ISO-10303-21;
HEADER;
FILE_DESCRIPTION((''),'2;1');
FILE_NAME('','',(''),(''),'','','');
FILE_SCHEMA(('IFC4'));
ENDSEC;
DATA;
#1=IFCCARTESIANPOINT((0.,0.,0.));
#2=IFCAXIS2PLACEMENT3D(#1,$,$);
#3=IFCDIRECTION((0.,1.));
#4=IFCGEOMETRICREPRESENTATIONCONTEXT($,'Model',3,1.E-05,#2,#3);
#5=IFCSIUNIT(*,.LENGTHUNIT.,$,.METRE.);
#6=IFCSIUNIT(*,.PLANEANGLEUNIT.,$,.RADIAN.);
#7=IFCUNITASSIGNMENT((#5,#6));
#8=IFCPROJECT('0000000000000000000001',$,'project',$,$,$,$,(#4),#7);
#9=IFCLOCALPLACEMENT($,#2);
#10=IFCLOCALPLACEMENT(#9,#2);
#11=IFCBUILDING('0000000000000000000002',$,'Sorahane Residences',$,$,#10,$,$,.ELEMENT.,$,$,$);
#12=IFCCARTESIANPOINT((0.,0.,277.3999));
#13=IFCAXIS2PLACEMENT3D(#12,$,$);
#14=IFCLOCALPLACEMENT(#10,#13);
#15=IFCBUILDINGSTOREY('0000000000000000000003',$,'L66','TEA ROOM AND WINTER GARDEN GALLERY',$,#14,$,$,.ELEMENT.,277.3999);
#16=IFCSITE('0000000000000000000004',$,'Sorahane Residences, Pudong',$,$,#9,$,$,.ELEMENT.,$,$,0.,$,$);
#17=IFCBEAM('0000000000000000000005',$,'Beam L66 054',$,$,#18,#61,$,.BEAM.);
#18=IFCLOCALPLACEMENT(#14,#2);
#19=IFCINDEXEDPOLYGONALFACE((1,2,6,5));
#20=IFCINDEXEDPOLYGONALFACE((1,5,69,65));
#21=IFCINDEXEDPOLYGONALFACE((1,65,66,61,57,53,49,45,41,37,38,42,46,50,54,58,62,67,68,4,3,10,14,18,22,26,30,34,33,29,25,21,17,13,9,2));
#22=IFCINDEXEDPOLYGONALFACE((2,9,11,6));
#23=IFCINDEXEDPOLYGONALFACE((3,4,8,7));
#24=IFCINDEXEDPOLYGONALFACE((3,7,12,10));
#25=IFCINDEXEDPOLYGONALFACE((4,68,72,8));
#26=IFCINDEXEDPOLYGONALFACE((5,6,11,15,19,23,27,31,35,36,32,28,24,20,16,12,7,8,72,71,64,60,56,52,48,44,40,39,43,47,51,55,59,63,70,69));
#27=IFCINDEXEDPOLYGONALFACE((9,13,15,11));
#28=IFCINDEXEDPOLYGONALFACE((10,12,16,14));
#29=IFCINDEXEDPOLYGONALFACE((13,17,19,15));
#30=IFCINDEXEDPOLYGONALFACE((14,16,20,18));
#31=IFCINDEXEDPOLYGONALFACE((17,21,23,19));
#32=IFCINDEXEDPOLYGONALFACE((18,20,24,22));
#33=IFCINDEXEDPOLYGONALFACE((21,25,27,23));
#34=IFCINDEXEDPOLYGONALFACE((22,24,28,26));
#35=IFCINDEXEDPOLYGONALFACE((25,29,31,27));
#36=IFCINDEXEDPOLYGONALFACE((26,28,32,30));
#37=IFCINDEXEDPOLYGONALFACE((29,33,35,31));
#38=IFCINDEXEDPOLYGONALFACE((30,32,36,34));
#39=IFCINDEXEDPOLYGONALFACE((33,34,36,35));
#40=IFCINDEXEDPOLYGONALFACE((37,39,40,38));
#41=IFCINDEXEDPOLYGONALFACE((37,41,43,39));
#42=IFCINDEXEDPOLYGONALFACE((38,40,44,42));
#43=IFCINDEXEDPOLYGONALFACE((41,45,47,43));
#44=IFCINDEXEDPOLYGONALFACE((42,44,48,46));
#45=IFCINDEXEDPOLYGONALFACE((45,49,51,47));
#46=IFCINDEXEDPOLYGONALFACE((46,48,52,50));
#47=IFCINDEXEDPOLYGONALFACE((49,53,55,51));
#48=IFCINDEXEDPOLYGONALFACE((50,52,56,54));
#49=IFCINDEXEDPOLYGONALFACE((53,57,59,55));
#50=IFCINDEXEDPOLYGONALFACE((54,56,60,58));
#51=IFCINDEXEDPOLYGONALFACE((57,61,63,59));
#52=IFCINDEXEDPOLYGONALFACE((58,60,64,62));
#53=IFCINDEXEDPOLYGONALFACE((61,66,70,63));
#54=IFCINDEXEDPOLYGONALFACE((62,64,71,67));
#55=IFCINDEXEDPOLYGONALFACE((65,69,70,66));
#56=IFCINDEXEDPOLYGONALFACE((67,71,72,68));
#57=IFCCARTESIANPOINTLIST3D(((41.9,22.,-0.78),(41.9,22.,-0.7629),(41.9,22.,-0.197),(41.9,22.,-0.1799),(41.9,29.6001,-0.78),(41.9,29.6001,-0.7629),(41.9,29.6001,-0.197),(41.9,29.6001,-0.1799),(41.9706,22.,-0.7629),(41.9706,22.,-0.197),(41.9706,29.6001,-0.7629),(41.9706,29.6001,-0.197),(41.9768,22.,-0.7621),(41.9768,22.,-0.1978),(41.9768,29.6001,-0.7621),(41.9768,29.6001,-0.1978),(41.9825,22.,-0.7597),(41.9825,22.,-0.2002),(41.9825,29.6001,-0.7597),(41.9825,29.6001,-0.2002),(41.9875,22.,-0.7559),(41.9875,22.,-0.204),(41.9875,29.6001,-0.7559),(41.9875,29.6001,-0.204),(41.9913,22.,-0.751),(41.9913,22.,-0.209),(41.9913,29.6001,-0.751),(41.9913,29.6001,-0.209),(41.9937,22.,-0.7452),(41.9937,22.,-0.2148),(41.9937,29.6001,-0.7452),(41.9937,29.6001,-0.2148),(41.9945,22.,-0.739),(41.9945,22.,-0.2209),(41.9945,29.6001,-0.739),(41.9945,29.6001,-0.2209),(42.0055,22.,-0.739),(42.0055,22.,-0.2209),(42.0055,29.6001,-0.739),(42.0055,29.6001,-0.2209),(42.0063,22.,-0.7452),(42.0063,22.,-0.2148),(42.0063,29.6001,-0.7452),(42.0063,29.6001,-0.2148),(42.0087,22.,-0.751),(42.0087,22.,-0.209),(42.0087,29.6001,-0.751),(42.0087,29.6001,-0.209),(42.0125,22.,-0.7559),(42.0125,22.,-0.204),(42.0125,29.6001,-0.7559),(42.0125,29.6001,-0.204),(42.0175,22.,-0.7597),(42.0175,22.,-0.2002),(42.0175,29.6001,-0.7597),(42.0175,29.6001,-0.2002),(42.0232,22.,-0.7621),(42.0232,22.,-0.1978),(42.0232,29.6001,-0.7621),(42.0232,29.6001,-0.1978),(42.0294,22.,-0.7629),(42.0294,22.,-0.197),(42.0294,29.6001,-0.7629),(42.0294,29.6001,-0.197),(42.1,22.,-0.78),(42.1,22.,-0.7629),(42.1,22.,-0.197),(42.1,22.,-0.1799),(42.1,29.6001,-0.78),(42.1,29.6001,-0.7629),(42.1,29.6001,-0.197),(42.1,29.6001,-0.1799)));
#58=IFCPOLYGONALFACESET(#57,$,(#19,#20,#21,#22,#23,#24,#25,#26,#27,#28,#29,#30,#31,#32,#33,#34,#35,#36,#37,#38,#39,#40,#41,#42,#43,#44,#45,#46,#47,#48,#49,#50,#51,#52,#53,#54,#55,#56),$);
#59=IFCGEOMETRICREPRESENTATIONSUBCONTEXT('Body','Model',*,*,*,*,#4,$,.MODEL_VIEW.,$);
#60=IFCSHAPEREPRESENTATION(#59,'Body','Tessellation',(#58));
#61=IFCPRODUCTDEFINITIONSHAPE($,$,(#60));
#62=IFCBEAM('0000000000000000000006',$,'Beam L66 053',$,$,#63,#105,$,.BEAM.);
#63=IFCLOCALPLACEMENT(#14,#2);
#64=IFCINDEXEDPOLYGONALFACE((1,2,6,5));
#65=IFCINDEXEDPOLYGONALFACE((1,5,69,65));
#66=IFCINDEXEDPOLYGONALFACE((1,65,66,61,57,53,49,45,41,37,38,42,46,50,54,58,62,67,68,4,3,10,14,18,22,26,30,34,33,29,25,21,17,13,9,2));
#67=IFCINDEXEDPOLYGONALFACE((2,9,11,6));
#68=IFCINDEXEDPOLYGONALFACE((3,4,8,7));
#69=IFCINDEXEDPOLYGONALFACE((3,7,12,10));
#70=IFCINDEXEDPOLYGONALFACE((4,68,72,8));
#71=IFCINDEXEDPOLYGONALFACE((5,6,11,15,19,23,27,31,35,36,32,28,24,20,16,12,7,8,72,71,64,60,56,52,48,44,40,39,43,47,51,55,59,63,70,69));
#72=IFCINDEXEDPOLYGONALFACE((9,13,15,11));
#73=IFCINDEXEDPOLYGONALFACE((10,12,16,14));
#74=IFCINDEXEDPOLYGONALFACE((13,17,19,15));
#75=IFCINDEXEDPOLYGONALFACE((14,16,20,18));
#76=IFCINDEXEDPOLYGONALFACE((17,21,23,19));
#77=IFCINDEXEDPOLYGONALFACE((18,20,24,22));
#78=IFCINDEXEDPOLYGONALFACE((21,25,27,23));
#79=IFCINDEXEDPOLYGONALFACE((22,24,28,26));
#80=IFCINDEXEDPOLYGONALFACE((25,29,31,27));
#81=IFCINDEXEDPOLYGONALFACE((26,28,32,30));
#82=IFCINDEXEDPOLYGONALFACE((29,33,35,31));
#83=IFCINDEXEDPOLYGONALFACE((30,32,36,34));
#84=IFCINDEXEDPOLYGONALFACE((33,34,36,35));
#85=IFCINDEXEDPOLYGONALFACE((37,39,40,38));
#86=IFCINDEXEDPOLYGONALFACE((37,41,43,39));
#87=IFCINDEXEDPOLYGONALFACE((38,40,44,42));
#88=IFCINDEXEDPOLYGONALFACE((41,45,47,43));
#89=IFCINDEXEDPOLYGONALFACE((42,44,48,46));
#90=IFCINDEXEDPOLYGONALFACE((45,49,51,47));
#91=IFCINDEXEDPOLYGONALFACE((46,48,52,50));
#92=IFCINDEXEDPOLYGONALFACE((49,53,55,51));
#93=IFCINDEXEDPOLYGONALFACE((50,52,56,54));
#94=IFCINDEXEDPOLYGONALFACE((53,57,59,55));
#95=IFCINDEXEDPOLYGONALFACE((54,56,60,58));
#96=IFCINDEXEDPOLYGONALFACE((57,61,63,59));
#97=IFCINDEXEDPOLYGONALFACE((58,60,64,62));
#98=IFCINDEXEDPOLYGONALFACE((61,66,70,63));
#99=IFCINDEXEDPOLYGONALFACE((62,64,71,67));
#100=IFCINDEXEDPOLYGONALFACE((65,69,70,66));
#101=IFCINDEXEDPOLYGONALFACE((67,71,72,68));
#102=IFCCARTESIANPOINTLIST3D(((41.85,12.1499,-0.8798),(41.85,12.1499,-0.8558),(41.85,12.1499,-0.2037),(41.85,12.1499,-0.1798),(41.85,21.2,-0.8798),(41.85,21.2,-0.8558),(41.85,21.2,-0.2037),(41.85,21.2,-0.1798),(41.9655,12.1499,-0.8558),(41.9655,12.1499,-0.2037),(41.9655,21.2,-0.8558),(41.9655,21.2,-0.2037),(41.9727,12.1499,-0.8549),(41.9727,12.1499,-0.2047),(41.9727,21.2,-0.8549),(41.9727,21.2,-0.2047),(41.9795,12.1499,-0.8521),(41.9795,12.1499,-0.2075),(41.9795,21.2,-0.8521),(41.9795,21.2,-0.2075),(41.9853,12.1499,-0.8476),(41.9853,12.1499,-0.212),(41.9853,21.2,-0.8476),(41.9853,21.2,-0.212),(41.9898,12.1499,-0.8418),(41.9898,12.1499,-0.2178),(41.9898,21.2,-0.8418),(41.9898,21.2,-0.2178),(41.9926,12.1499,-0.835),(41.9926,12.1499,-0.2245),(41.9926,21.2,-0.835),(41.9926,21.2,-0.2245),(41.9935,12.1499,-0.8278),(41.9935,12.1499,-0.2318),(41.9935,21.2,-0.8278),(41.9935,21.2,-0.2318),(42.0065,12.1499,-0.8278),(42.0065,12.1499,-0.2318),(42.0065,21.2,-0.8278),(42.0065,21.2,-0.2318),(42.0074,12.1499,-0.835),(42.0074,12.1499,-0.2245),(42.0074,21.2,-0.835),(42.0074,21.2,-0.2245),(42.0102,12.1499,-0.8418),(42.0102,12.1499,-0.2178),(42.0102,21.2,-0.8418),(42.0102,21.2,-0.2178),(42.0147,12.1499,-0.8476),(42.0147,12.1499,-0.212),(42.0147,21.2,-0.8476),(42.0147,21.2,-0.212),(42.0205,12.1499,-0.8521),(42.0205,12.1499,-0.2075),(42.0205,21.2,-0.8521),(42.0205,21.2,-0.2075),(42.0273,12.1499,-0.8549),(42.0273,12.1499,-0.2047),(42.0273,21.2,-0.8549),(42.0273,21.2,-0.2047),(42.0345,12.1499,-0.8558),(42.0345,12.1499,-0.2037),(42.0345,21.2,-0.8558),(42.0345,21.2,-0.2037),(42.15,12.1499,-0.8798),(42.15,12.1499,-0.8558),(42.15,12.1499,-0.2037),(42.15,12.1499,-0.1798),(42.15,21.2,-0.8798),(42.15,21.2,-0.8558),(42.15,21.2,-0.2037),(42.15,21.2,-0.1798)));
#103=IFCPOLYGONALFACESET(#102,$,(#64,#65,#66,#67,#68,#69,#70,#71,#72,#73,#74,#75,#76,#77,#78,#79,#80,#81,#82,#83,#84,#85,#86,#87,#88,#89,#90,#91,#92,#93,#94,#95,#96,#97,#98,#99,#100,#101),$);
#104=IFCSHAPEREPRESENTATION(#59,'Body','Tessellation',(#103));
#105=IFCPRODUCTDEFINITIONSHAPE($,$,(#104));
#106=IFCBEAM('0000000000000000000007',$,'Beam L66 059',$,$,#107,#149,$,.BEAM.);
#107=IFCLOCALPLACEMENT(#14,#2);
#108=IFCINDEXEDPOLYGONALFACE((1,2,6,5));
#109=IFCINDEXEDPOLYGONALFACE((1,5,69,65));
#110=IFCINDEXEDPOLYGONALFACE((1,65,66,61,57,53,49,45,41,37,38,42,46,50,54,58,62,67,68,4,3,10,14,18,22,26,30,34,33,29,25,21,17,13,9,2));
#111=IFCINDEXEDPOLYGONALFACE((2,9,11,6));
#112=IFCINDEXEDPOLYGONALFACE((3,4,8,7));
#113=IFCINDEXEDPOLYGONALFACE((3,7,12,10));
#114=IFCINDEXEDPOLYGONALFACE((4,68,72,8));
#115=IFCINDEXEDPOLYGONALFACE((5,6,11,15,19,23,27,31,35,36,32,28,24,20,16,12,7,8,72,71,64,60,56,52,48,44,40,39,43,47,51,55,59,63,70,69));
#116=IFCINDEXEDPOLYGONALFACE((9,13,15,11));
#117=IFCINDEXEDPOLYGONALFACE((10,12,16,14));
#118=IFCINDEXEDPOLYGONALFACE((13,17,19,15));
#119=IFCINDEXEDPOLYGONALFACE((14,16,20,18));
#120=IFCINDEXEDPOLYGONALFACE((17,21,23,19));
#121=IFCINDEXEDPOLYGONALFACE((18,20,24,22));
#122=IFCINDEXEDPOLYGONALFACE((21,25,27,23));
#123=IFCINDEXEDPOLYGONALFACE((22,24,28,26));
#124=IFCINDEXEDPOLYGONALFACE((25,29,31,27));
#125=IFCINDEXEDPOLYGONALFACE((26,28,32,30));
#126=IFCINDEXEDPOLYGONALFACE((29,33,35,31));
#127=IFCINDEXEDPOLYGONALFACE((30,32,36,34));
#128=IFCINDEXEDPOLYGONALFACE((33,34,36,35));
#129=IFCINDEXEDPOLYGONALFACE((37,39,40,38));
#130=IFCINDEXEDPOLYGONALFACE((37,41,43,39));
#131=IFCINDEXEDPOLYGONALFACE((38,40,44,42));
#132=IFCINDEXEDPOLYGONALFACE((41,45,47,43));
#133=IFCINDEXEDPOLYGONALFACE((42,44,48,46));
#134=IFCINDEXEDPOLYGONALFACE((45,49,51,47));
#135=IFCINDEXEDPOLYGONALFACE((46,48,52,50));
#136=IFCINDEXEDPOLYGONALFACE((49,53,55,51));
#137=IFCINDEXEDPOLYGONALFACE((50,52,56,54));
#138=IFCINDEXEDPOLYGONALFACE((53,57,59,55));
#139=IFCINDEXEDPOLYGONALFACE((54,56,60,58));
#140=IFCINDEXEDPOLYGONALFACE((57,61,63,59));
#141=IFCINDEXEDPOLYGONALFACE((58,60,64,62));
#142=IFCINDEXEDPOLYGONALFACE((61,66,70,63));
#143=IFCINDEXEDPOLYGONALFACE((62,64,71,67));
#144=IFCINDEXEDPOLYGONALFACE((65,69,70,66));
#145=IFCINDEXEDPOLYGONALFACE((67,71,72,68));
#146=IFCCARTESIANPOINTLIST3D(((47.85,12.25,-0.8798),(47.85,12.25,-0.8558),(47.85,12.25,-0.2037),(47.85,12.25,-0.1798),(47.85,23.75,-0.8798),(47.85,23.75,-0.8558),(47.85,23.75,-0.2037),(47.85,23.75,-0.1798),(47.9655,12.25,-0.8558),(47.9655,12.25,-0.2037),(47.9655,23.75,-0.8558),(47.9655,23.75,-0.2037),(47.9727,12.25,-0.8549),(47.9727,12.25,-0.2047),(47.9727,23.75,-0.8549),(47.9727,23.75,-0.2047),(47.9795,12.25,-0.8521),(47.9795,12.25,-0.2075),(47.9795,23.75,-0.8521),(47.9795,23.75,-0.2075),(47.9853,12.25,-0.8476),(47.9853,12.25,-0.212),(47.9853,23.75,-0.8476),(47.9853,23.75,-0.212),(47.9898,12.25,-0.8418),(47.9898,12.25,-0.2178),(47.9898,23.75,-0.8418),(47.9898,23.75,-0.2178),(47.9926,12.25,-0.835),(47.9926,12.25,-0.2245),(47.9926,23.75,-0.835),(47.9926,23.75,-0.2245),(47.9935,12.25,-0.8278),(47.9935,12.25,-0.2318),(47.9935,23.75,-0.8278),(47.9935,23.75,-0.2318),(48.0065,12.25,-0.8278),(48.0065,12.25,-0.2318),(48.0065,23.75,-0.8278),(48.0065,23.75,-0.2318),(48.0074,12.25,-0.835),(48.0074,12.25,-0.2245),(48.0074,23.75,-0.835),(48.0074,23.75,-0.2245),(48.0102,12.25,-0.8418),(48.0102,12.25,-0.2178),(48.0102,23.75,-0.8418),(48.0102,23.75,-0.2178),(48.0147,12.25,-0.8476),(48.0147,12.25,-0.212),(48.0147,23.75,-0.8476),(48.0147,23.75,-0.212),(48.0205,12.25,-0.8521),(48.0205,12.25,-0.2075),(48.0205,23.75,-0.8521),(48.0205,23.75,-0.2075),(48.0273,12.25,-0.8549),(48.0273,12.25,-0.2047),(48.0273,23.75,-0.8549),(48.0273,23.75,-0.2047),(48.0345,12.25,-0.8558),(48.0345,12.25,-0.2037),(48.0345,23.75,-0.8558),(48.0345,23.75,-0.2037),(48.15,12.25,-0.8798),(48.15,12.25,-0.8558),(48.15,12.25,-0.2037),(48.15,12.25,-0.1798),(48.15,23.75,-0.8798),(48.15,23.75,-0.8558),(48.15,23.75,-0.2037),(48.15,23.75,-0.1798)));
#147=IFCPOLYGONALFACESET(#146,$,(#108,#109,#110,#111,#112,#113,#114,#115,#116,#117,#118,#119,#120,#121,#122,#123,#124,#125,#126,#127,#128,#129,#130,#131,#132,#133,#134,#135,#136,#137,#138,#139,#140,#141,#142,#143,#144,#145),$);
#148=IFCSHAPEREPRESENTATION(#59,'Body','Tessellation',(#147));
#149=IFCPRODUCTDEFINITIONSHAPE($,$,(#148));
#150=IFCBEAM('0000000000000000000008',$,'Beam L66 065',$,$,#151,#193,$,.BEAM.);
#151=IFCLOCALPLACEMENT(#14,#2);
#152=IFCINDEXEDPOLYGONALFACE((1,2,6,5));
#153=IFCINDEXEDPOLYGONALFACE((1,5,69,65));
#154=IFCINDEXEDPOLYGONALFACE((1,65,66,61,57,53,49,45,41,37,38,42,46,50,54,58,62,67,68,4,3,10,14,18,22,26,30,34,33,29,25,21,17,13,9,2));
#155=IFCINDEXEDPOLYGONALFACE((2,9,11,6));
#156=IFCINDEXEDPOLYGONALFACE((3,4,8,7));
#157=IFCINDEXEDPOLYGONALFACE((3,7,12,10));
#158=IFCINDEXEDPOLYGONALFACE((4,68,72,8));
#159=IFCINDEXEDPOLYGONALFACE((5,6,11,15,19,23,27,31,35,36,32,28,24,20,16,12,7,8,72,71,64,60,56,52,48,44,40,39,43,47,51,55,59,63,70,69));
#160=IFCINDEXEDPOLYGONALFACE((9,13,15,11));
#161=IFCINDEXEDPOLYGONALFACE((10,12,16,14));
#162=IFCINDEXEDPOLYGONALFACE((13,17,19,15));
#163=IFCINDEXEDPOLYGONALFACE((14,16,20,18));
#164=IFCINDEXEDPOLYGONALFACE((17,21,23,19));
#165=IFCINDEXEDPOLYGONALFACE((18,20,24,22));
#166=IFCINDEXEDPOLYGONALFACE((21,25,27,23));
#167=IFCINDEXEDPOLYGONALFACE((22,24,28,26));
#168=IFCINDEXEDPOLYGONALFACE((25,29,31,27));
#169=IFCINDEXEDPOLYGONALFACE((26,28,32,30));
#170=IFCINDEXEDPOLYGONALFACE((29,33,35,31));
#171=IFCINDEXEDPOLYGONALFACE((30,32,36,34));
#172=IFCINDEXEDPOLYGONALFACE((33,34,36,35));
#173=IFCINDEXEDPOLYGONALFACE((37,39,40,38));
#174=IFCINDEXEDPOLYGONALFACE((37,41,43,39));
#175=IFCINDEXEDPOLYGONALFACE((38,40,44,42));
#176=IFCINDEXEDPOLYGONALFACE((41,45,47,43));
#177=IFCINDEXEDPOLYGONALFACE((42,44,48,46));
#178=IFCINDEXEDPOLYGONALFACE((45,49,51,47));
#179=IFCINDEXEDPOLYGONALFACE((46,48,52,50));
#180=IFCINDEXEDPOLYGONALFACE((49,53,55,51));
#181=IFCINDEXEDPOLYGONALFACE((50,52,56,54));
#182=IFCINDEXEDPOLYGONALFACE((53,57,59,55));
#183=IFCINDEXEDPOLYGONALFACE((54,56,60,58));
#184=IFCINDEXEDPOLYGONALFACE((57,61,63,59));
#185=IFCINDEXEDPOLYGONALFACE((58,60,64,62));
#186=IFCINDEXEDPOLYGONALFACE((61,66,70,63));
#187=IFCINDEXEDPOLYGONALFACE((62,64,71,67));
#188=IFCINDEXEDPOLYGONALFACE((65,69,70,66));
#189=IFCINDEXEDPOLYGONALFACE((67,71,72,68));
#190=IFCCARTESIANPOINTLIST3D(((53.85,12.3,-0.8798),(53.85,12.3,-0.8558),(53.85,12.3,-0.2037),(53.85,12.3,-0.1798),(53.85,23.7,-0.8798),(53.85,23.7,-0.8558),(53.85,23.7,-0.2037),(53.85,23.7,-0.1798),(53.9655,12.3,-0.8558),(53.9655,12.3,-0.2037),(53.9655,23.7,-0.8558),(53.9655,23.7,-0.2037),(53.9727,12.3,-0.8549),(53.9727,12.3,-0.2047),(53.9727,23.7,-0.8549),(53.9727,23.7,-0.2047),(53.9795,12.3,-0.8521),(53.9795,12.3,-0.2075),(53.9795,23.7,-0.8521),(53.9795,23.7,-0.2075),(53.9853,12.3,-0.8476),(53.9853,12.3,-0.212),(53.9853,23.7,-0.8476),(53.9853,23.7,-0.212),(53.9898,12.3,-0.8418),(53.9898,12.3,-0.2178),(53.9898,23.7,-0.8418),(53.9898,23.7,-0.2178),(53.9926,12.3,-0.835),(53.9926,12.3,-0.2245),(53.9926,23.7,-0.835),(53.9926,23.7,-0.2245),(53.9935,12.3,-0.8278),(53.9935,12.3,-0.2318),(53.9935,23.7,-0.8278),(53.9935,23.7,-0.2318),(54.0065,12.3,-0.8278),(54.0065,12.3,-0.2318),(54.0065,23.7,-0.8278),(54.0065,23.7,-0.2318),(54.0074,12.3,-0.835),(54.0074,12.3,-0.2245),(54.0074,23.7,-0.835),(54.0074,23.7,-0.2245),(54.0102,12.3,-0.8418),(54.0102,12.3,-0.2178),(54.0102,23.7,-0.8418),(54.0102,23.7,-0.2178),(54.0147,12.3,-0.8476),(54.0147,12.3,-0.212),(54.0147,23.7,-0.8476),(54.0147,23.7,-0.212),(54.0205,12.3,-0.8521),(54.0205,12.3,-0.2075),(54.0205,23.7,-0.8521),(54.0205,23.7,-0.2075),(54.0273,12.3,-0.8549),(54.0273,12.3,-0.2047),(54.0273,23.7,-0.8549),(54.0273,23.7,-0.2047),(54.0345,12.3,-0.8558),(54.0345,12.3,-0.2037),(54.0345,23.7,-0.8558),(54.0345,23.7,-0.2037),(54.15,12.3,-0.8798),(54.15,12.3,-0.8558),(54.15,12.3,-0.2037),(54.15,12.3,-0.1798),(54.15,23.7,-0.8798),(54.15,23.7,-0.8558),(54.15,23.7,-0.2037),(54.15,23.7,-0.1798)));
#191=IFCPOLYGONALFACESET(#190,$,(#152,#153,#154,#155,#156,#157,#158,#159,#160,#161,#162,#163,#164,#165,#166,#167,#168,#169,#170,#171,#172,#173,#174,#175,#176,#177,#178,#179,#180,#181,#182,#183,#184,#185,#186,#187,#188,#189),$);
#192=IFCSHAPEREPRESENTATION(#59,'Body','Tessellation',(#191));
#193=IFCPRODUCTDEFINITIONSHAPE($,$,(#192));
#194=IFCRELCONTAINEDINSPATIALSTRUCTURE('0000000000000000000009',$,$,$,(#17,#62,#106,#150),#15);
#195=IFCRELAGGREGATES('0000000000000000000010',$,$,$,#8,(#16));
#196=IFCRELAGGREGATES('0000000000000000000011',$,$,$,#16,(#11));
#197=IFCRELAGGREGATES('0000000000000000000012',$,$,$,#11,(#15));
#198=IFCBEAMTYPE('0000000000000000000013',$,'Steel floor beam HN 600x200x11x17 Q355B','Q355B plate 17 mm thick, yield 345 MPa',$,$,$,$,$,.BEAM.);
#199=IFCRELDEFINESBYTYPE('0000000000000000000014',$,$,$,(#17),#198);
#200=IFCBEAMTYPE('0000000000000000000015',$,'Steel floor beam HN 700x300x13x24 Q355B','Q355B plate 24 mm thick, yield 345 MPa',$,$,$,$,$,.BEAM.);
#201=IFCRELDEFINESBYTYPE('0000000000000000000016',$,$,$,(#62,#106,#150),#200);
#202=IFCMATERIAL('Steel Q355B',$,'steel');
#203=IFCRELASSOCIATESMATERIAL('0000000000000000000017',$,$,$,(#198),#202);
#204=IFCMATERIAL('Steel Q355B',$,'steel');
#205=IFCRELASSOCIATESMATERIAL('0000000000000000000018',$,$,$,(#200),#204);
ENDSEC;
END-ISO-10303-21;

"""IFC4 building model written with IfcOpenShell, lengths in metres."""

from ifc_helpers import new_model, si_unit, direction, frame, origin, origin_2d, place, context, subcontext, project, spatial, i_section, extrude, material, material_profile, profile_set, type_object, element, save


model = new_model("IFC4")

# Units and contexts
model_context = context("Model", 3, precision=1e-05, world=origin(), true_north=direction((0.0, 1.0)))
body_context = subcontext(model_context, "Body", "Model", "MODEL_VIEW")
ifc_project = project(units=[si_unit("LENGTHUNIT", "METRE"), si_unit("PLANEANGLEUNIT", "RADIAN")], contexts=[model_context])

# Site, building, storey
site_placement = place(None, origin())
site = spatial("IfcSite", under=ifc_project, at=site_placement, Name="Sorahane Residences, Pudong", CompositionType="ELEMENT", RefElevation=0.0)
building_placement = place(site_placement, origin())
building = spatial("IfcBuilding", under=site, at=building_placement, Name="Sorahane Residences", CompositionType="ELEMENT")
storey_placement = place(building_placement, frame((0.0, 0.0, 277.3999)))
storey = spatial("IfcBuildingStorey", under=building, at=storey_placement, Name="L66", Description="TEA ROOM AND WINTER GARDEN GALLERY", CompositionType="ELEMENT", Elevation=277.3999)

# Beams
ifc_material_1 = material(Name="Steel Q355B", Category="steel")
ifc_material_profile_1 = material_profile(ifc_material_1, i_section(OverallWidth=0.2, OverallDepth=0.6001, WebThickness=0.011, FlangeThickness=0.0171, FilletRadius=0.0239, at=origin_2d()), Name="HN 600x200x11x17")
ifc_profile_set_1 = profile_set([ifc_material_profile_1], Name="Steel Q355B")
beam_type_1 = type_object("IfcBeamType", Name="Steel floor beam HN 600x200x11x17 Q355B", Description="Q355B plate 17 mm thick, yield 345 MPa", PredefinedType="BEAM", material=ifc_profile_set_1)
beam_1_placement = place(storey_placement, frame((42.0, 22.0, -0.48), z_axis=(0.0, 1.0, 0.0), x_axis=(-1.0, 0.0, 0.0)))
element("IfcBeam", 1, at=beam_1_placement, inside=storey, type_object=beam_type_1, Name="Beam L66 054", PredefinedType="BEAM", context=body_context, shape_type="SweptSolid", body=[
    extrude(i_section(OverallWidth=0.2, OverallDepth=0.6001, WebThickness=0.011, FlangeThickness=0.0171, FilletRadius=0.0239, at=origin_2d()), origin(), (0.0, 0.0, 1.0), 7.6001),
])
ifc_material_2 = material(Name="Steel Q355B", Category="steel")
ifc_material_profile_2 = material_profile(ifc_material_2, i_section(OverallWidth=0.3, OverallDepth=0.7, WebThickness=0.0129, FlangeThickness=0.0239, FilletRadius=0.0281, at=origin_2d()), Name="HN 700x300x13x24")
ifc_profile_set_2 = profile_set([ifc_material_profile_2], Name="Steel Q355B")
beam_type_2 = type_object("IfcBeamType", Name="Steel floor beam HN 700x300x13x24 Q355B", Description="Q355B plate 24 mm thick, yield 345 MPa", PredefinedType="BEAM", material=ifc_profile_set_2)
beam_2_placement = place(storey_placement, frame((42.0, 12.1499, -0.5298), z_axis=(0.0, 1.0, 0.0), x_axis=(-1.0, 0.0, 0.0)))
element("IfcBeam", 2, at=beam_2_placement, inside=storey, type_object=beam_type_2, Name="Beam L66 053", PredefinedType="BEAM", context=body_context, shape_type="SweptSolid", body=[
    extrude(i_section(OverallWidth=0.3, OverallDepth=0.7, WebThickness=0.0129, FlangeThickness=0.0239, FilletRadius=0.0281, at=origin_2d()), origin(), (0.0, 0.0, 1.0), 9.05),
])
beam_3_placement = place(storey_placement, frame((48.0, 12.25, -0.5298), z_axis=(0.0, 1.0, 0.0), x_axis=(-1.0, 0.0, 0.0)))
element("IfcBeam", 3, at=beam_3_placement, inside=storey, type_object=beam_type_2, Name="Beam L66 059", PredefinedType="BEAM", context=body_context, shape_type="SweptSolid", body=[
    extrude(i_section(OverallWidth=0.3, OverallDepth=0.7, WebThickness=0.0129, FlangeThickness=0.0239, FilletRadius=0.0281, at=origin_2d()), origin(), (0.0, 0.0, 1.0), 11.5),
])
beam_4_placement = place(storey_placement, frame((54.0, 12.3, -0.5298), z_axis=(0.0, 1.0, 0.0), x_axis=(-1.0, 0.0, 0.0)))
element("IfcBeam", 4, at=beam_4_placement, inside=storey, type_object=beam_type_2, Name="Beam L66 065", PredefinedType="BEAM", context=body_context, shape_type="SweptSolid", body=[
    extrude(i_section(OverallWidth=0.3, OverallDepth=0.7, WebThickness=0.0129, FlangeThickness=0.0239, FilletRadius=0.0281, at=origin_2d()), origin(), (0.0, 0.0, 1.0), 11.3999),
])

save(model, "model.ifc")
